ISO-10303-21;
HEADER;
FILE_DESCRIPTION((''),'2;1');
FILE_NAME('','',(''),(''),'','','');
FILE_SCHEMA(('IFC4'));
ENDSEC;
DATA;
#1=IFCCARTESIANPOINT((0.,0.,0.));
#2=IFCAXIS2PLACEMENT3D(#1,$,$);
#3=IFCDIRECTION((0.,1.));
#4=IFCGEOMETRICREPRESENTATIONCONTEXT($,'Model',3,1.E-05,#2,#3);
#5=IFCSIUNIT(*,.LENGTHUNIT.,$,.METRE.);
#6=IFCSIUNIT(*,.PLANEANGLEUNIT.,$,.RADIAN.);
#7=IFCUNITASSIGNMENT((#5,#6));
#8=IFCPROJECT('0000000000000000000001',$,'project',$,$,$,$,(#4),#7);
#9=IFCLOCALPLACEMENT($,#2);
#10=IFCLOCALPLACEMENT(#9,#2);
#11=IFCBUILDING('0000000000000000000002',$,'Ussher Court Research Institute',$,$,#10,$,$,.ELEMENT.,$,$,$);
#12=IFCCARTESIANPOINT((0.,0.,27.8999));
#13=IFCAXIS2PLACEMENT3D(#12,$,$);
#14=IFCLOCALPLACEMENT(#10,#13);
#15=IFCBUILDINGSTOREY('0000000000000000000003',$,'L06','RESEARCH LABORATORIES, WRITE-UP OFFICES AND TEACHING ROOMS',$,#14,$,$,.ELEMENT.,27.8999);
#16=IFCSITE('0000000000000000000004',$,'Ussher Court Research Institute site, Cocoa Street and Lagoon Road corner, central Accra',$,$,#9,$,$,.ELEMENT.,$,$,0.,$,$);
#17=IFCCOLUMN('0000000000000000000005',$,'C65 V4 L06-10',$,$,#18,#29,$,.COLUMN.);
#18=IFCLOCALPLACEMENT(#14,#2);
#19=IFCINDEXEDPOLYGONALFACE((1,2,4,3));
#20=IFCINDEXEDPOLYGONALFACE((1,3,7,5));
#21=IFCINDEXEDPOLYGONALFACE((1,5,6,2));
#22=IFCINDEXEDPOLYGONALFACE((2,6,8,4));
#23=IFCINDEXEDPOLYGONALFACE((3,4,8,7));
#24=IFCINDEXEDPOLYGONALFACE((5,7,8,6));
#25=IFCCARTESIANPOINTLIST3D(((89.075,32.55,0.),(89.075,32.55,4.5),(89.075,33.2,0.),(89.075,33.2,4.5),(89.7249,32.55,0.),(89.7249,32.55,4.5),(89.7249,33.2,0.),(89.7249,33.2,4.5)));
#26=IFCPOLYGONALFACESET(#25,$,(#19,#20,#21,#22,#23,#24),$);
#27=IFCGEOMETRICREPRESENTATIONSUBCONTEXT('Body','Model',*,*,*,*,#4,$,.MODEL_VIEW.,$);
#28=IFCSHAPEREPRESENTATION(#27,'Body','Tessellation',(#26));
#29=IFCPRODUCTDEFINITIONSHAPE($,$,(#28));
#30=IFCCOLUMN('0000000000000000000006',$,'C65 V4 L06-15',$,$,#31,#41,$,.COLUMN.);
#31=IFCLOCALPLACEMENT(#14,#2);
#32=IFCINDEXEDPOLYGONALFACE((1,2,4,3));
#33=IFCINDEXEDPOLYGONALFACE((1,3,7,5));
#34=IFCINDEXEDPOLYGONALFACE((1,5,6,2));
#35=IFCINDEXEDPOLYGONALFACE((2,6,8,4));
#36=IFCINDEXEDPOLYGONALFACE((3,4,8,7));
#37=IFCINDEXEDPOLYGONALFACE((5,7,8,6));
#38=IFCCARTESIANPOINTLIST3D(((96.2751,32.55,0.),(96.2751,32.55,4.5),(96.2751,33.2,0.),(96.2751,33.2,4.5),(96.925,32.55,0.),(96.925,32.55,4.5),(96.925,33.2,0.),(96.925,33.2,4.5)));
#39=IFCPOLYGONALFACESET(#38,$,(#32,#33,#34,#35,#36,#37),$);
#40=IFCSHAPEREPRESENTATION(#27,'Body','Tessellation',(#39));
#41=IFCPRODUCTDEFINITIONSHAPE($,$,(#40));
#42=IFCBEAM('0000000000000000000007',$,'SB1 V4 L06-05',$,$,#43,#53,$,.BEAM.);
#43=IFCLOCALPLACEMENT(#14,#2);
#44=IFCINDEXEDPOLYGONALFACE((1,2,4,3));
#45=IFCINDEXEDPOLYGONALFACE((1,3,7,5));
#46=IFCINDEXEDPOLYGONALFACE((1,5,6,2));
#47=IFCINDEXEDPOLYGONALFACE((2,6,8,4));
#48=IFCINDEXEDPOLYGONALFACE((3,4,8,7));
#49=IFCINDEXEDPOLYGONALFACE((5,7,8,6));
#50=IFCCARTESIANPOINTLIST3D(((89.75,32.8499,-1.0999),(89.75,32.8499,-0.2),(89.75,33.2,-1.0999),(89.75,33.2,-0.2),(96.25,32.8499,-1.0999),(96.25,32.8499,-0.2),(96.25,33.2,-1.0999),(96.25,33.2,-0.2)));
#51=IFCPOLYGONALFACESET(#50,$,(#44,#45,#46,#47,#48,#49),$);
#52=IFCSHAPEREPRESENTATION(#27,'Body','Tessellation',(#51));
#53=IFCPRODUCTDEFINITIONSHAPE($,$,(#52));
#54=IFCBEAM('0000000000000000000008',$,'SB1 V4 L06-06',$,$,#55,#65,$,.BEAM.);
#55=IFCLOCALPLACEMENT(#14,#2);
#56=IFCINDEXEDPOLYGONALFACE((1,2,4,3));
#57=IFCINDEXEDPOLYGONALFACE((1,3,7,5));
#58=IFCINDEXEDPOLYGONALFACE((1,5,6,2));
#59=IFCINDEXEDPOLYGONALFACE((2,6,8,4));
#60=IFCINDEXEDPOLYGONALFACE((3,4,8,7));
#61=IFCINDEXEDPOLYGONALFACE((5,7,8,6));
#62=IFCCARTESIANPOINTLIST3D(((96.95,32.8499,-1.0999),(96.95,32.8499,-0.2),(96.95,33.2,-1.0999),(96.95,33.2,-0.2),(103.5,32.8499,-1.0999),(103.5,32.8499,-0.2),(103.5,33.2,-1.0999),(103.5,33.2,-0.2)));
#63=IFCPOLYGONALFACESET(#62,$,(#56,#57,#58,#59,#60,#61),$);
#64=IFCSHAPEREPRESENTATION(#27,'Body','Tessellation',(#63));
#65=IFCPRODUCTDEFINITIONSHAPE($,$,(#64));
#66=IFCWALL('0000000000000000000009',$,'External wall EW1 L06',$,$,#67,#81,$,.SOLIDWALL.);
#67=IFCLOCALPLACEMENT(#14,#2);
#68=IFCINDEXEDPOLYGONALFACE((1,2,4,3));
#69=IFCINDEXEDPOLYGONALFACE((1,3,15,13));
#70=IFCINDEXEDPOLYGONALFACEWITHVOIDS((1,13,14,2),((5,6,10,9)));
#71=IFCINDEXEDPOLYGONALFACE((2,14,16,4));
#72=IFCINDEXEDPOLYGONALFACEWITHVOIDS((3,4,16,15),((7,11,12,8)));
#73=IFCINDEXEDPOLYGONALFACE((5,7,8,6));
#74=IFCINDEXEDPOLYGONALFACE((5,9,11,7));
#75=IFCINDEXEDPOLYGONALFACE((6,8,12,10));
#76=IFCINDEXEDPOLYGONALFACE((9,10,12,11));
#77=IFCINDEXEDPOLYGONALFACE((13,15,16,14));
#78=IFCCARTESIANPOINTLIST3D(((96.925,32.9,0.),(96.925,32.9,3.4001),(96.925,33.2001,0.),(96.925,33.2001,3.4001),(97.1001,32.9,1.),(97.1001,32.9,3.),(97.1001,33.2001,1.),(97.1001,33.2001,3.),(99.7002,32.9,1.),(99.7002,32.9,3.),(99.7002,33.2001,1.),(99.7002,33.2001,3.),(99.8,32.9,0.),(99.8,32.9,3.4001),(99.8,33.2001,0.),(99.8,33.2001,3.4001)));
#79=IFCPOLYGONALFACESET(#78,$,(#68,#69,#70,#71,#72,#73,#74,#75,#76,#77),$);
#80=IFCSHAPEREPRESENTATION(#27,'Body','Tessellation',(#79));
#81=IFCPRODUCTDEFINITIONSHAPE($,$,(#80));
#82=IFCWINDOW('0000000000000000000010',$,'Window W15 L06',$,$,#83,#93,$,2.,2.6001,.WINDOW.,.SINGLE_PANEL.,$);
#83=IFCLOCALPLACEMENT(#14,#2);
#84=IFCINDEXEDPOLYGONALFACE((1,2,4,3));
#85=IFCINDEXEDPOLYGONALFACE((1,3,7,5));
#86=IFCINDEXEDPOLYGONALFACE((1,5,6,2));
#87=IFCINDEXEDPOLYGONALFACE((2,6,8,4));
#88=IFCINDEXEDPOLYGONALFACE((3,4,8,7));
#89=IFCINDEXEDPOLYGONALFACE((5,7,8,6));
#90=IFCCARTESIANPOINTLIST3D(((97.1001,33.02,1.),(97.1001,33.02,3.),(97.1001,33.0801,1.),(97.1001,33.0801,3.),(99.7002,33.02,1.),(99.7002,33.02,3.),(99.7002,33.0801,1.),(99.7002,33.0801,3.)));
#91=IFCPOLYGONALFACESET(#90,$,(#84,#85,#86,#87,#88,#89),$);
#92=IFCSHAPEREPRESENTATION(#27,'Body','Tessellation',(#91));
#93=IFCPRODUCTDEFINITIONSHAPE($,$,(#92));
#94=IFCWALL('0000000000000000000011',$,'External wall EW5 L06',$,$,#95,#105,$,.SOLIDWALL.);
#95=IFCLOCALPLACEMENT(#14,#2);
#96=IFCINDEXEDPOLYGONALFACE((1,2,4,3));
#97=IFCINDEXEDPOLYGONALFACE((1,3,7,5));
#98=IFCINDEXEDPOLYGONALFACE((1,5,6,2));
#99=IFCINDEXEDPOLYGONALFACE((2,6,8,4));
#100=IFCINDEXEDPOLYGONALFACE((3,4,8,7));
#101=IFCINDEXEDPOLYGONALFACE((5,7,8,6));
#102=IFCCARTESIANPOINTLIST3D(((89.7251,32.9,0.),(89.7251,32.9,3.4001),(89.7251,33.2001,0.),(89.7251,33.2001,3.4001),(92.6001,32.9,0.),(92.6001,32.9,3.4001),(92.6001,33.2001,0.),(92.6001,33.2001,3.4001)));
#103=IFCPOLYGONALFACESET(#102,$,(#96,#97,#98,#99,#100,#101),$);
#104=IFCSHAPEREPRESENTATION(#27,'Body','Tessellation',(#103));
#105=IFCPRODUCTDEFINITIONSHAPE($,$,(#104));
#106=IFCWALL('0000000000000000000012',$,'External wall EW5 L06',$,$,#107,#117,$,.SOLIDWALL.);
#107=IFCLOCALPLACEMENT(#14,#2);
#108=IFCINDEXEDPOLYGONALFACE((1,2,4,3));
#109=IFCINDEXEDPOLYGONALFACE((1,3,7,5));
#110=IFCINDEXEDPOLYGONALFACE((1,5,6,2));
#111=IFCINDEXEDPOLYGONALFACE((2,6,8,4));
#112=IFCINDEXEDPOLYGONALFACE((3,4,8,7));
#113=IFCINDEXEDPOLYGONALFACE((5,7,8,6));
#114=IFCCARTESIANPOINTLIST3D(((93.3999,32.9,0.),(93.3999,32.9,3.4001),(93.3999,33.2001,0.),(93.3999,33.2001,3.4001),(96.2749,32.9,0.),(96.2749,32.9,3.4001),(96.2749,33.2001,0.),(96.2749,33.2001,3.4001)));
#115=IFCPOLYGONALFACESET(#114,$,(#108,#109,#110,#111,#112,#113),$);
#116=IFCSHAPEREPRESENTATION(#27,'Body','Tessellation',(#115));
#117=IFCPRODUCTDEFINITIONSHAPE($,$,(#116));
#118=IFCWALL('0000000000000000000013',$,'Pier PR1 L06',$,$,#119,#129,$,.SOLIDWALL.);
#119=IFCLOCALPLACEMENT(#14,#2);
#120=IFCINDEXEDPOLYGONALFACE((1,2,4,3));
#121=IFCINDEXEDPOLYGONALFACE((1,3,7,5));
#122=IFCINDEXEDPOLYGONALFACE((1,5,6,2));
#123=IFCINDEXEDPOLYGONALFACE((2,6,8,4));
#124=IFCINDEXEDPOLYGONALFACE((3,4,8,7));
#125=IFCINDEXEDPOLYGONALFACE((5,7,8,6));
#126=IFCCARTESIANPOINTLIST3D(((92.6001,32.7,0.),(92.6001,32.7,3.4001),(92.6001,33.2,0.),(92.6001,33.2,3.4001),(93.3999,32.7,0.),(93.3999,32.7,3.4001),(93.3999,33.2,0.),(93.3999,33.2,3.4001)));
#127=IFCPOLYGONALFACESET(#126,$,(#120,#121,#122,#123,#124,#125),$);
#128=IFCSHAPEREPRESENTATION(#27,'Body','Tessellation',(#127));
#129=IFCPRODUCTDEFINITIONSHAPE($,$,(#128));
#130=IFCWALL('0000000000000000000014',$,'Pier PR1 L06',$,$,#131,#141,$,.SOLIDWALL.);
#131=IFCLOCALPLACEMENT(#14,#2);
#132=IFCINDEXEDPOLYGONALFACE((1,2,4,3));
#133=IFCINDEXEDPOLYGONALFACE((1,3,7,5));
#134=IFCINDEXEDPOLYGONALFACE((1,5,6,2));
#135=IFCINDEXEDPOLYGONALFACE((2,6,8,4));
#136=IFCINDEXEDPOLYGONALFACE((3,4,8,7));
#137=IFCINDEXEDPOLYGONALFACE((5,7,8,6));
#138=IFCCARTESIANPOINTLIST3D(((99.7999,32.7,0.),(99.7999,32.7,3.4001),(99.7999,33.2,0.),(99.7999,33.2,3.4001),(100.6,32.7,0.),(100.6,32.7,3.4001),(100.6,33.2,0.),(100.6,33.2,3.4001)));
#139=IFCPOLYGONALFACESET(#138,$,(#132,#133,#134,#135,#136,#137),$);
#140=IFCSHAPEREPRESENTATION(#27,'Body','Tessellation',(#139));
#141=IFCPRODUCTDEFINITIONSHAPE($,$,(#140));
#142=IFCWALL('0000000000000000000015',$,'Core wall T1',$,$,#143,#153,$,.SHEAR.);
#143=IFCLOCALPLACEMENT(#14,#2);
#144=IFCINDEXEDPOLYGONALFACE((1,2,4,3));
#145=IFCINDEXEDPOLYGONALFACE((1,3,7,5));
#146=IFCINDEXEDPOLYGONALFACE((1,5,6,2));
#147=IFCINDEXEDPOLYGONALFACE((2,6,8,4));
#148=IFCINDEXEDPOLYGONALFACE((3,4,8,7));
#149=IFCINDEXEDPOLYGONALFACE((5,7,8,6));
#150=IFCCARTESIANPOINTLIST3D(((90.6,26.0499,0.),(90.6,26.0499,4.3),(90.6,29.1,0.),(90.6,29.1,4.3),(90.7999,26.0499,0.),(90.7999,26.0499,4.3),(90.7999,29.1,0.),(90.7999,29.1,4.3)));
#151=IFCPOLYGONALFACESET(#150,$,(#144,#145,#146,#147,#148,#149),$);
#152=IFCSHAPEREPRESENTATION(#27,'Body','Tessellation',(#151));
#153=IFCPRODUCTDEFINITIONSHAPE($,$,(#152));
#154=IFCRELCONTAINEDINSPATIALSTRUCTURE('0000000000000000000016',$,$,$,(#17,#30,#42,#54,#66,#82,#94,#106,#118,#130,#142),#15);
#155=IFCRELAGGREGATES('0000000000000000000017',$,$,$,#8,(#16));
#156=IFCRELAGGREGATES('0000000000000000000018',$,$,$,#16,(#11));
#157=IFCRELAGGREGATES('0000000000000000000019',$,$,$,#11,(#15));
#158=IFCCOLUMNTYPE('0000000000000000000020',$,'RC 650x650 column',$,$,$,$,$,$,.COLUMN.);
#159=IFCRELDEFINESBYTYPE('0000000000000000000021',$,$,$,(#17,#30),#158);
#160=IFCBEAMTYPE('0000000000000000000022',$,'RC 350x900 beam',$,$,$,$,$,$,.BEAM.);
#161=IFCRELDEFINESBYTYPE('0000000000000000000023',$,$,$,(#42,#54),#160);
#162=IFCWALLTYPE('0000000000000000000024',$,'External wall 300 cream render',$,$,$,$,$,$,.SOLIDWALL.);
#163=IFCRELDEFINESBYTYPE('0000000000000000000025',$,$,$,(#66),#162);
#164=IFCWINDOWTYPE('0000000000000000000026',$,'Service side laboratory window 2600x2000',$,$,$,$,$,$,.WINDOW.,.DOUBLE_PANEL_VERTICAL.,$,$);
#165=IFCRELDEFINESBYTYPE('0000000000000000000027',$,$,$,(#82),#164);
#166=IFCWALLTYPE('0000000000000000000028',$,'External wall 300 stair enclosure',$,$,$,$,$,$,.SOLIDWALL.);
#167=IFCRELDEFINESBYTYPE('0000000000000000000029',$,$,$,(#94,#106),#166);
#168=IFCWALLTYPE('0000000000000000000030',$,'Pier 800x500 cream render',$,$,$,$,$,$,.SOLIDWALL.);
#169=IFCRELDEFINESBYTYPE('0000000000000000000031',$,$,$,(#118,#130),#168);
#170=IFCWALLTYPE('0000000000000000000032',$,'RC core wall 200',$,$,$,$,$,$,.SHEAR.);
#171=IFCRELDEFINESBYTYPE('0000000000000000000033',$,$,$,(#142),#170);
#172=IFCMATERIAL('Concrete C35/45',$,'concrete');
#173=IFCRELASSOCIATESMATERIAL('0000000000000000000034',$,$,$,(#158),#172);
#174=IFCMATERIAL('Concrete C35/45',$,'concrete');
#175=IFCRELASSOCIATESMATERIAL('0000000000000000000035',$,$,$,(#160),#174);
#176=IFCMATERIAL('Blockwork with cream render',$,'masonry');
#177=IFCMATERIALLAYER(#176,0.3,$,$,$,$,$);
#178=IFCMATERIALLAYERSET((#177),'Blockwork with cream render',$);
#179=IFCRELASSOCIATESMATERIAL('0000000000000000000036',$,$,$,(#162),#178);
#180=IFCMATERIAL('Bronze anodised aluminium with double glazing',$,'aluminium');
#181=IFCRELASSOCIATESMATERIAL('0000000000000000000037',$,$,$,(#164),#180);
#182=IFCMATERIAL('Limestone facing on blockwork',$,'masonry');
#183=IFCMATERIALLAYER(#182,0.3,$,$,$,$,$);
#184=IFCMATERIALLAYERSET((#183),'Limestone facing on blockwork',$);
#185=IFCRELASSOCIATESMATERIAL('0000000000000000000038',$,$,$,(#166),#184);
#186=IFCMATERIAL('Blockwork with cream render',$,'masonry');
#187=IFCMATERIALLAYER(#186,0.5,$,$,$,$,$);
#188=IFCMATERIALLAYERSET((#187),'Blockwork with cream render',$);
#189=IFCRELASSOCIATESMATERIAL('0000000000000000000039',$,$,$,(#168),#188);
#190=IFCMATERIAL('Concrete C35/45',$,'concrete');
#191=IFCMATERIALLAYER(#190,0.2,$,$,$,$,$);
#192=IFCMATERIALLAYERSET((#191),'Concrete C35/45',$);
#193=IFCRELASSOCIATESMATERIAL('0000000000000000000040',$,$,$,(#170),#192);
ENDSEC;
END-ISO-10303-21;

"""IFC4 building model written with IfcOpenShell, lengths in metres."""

from ifc_helpers import new_model, si_unit, direction, frame, frame_2d, origin, origin_2d, place, context, subcontext, project, spatial, rectangle, extrude, material, layer, layer_set, material_profile, profile_set, type_object, element, fill, save


model = new_model("IFC4")

# Units and contexts
model_context = context("Model", 3, precision=1e-05, world=origin(), true_north=direction((0.0, 1.0)))
body_context = subcontext(model_context, "Body", "Model", "MODEL_VIEW")
ifc_project = project(units=[si_unit("LENGTHUNIT", "METRE"), si_unit("PLANEANGLEUNIT", "RADIAN")], contexts=[model_context])

# Site, building, storey
site_placement = place(None, origin())
site = spatial("IfcSite", under=ifc_project, at=site_placement, Name="Ussher Court Research Institute site, Cocoa Street and Lagoon Road corner, central Accra", CompositionType="ELEMENT", RefElevation=0.0)
building_placement = place(site_placement, origin())
building = spatial("IfcBuilding", under=site, at=building_placement, Name="Ussher Court Research Institute", CompositionType="ELEMENT")
storey_placement = place(building_placement, frame((0.0, 0.0, 27.8999)))
storey = spatial("IfcBuildingStorey", under=building, at=storey_placement, Name="L06", Description="RESEARCH LABORATORIES, WRITE-UP OFFICES AND TEACHING ROOMS", CompositionType="ELEMENT", Elevation=27.8999)

# Columns
ifc_material_1 = material(Name="Concrete C35/45", Category="concrete")
ifc_material_profile_1 = material_profile(ifc_material_1, rectangle(XDim=0.6499, YDim=0.6499, at=origin_2d()), Name="RC 650x650")
ifc_profile_set_1 = profile_set([ifc_material_profile_1], Name="Concrete C35/45")
column_type = type_object("IfcColumnType", Name="RC 650x650 column", PredefinedType="COLUMN", material=ifc_profile_set_1)
for number, where, z_axis, x_axis, name in (
    (1, (89.3999, 32.875, 0.0), (0.0, 0.0, 1.0), (1.0, 0.0, 0.0), "C65 V4 L06-10"),
    (2, (96.6001, 32.875, 0.0), (0.0, 0.0, 1.0), (1.0, 0.0, 0.0), "C65 V4 L06-15"),
):
    element("IfcColumn", number, at=place(storey_placement, frame(where, z_axis=z_axis, x_axis=x_axis)), inside=storey, type_object=column_type, Name=name, PredefinedType="COLUMN", context=body_context, shape_type="SweptSolid", body=[
        extrude(rectangle(XDim=0.6499, YDim=0.6499, at=origin_2d()), origin(), (0.0, 0.0, 1.0), 4.5),
    ])

# Beams
ifc_material_2 = material(Name="Concrete C35/45", Category="concrete")
ifc_material_profile_2 = material_profile(ifc_material_2, rectangle(XDim=0.3501, YDim=0.8999, at=origin_2d()), Name="RC 350x900")
ifc_profile_set_2 = profile_set([ifc_material_profile_2], Name="Concrete C35/45")
beam_type = type_object("IfcBeamType", Name="RC 350x900 beam", PredefinedType="BEAM", material=ifc_profile_set_2)
beam_1_placement = place(storey_placement, frame((89.75, 33.0249, -0.6499), z_axis=(1.0, 0.0, 0.0), x_axis=(0.0, 1.0, 0.0)))
element("IfcBeam", 3, at=beam_1_placement, inside=storey, type_object=beam_type, Name="SB1 V4 L06-05", PredefinedType="BEAM", context=body_context, shape_type="SweptSolid", body=[
    extrude(rectangle(XDim=0.3501, YDim=0.8999, at=origin_2d()), origin(), (0.0, 0.0, 1.0), 6.5),
])
beam_2_placement = place(storey_placement, frame((96.95, 33.0249, -0.6499), z_axis=(1.0, 0.0, 0.0), x_axis=(0.0, 1.0, 0.0)))
element("IfcBeam", 4, at=beam_2_placement, inside=storey, type_object=beam_type, Name="SB1 V4 L06-06", PredefinedType="BEAM", context=body_context, shape_type="SweptSolid", body=[
    extrude(rectangle(XDim=0.3501, YDim=0.8999, at=origin_2d()), origin(), (0.0, 0.0, 1.0), 6.55),
])

# Wall, opening, window
ifc_material_3 = material(Name="Blockwork with cream render", Category="masonry")
ifc_layer_1 = layer(ifc_material_3, 0.3)
ifc_layer_set_1 = layer_set([ifc_layer_1], Name="Blockwork with cream render")
wall_type_1 = type_object("IfcWallType", Name="External wall 300 cream render", PredefinedType="SOLIDWALL", material=ifc_layer_set_1)
wall_1_placement = place(storey_placement, frame((96.925, 33.05, 0.0), z_axis=(0.0, 0.0, 1.0), x_axis=(1.0, 0.0, 0.0)))
wall_1 = element("IfcWall", 5, at=wall_1_placement, inside=storey, type_object=wall_type_1, Name="External wall EW1 L06", PredefinedType="SOLIDWALL", context=body_context, shape_type="SweptSolid", body=[
    extrude(rectangle(XDim=2.875, YDim=0.3, at=frame_2d((1.4375, 0.0))), origin(), (0.0, 0.0, 1.0), 3.4001),
])
opening_1_placement = place(wall_1_placement, frame((0.175, 0.0, 1.0)))
opening_1 = element("IfcOpeningElement", 6, at=opening_1_placement, cuts=wall_1, PredefinedType="OPENING", context=body_context, shape_type="SweptSolid", body=[
    extrude(rectangle(XDim=2.6001, YDim=2.0, at=frame_2d((1.3, 1.0))), frame((0.0, 0.1602, 0.0), z_axis=(0.0, -1.0, 0.0), x_axis=(1.0, 0.0, 0.0)), (0.0, 0.0, 1.0), 0.3201),
])
ifc_material_4 = material(Name="Bronze anodised aluminium with double glazing", Category="aluminium")
window_type = type_object("IfcWindowType", Name="Service side laboratory window 2600x2000", PartitioningType="DOUBLE_PANEL_VERTICAL", PredefinedType="WINDOW", material=ifc_material_4)
window_placement = place(opening_1_placement, origin())
window = element("IfcWindow", 7, at=window_placement, inside=storey, type_object=window_type, Name="Window W15 L06", OverallHeight=2.0, OverallWidth=2.6001, PartitioningType="SINGLE_PANEL", PredefinedType="WINDOW", context=body_context, shape_type="SweptSolid", body=[
    extrude(rectangle(XDim=2.6001, YDim=2.0, at=frame_2d((1.3, 1.0))), frame((0.0, 0.03, 0.0), z_axis=(0.0, -1.0, 0.0), x_axis=(1.0, 0.0, 0.0)), (0.0, 0.0, 1.0), 0.0601),
])
fill(opening_1, window)

# Walls
ifc_material_5 = material(Name="Limestone facing on blockwork", Category="masonry")
ifc_layer_2 = layer(ifc_material_5, 0.3)
ifc_layer_set_2 = layer_set([ifc_layer_2], Name="Limestone facing on blockwork")
wall_type_2 = type_object("IfcWallType", Name="External wall 300 stair enclosure", PredefinedType="SOLIDWALL", material=ifc_layer_set_2)
for number, where, z_axis, x_axis, name in (
    (8, (89.7251, 33.05, 0.0), (0.0, 0.0, 1.0), (1.0, 0.0, 0.0), "External wall EW5 L06"),
    (9, (93.3999, 33.05, 0.0), (0.0, 0.0, 1.0), (1.0, 0.0, 0.0), "External wall EW5 L06"),
):
    element("IfcWall", number, at=place(storey_placement, frame(where, z_axis=z_axis, x_axis=x_axis)), inside=storey, type_object=wall_type_2, Name=name, PredefinedType="SOLIDWALL", context=body_context, shape_type="SweptSolid", body=[
        extrude(rectangle(XDim=2.875, YDim=0.3, at=frame_2d((1.4375, 0.0))), origin(), (0.0, 0.0, 1.0), 3.4001),
    ])
ifc_material_6 = material(Name="Blockwork with cream render", Category="masonry")
ifc_layer_3 = layer(ifc_material_6, 0.5)
ifc_layer_set_3 = layer_set([ifc_layer_3], Name="Blockwork with cream render")
wall_type_3 = type_object("IfcWallType", Name="Pier 800x500 cream render", PredefinedType="SOLIDWALL", material=ifc_layer_set_3)
wall_2_placement = place(storey_placement, frame((92.6001, 32.95, 0.0), z_axis=(0.0, 0.0, 1.0), x_axis=(1.0, 0.0, 0.0)))
element("IfcWall", 10, at=wall_2_placement, inside=storey, type_object=wall_type_3, Name="Pier PR1 L06", PredefinedType="SOLIDWALL", context=body_context, shape_type="SweptSolid", body=[
    extrude(rectangle(XDim=0.7998, YDim=0.5, at=frame_2d((0.3999, 0.0))), origin(), (0.0, 0.0, 1.0), 3.4001),
])
wall_3_placement = place(storey_placement, frame((99.8, 32.95, 0.0), z_axis=(0.0, 0.0, 1.0), x_axis=(1.0, 0.0, 0.0)))
element("IfcWall", 11, at=wall_3_placement, inside=storey, type_object=wall_type_3, Name="Pier PR1 L06", PredefinedType="SOLIDWALL", context=body_context, shape_type="SweptSolid", body=[
    extrude(rectangle(XDim=0.8, YDim=0.5, at=frame_2d((0.3999, 0.0))), origin(), (0.0, 0.0, 1.0), 3.4001),
])
ifc_material_7 = material(Name="Concrete C35/45", Category="concrete")
ifc_layer_4 = layer(ifc_material_7, 0.2)
ifc_layer_set_4 = layer_set([ifc_layer_4], Name="Concrete C35/45")
wall_type_4 = type_object("IfcWallType", Name="RC core wall 200", PredefinedType="SHEAR", material=ifc_layer_set_4)
wall_4_placement = place(storey_placement, frame((90.7, 26.05, 0.0), z_axis=(0.0, 0.0, 1.0), x_axis=(0.0, 1.0, 0.0)))
element("IfcWall", 12, at=wall_4_placement, inside=storey, type_object=wall_type_4, Name="Core wall T1", PredefinedType="SHEAR", context=body_context, shape_type="SweptSolid", body=[
    extrude(rectangle(XDim=3.05, YDim=0.2, at=frame_2d((1.5249, 0.0))), origin(), (0.0, 0.0, 1.0), 4.3),
])

save(model, "model.ifc")
